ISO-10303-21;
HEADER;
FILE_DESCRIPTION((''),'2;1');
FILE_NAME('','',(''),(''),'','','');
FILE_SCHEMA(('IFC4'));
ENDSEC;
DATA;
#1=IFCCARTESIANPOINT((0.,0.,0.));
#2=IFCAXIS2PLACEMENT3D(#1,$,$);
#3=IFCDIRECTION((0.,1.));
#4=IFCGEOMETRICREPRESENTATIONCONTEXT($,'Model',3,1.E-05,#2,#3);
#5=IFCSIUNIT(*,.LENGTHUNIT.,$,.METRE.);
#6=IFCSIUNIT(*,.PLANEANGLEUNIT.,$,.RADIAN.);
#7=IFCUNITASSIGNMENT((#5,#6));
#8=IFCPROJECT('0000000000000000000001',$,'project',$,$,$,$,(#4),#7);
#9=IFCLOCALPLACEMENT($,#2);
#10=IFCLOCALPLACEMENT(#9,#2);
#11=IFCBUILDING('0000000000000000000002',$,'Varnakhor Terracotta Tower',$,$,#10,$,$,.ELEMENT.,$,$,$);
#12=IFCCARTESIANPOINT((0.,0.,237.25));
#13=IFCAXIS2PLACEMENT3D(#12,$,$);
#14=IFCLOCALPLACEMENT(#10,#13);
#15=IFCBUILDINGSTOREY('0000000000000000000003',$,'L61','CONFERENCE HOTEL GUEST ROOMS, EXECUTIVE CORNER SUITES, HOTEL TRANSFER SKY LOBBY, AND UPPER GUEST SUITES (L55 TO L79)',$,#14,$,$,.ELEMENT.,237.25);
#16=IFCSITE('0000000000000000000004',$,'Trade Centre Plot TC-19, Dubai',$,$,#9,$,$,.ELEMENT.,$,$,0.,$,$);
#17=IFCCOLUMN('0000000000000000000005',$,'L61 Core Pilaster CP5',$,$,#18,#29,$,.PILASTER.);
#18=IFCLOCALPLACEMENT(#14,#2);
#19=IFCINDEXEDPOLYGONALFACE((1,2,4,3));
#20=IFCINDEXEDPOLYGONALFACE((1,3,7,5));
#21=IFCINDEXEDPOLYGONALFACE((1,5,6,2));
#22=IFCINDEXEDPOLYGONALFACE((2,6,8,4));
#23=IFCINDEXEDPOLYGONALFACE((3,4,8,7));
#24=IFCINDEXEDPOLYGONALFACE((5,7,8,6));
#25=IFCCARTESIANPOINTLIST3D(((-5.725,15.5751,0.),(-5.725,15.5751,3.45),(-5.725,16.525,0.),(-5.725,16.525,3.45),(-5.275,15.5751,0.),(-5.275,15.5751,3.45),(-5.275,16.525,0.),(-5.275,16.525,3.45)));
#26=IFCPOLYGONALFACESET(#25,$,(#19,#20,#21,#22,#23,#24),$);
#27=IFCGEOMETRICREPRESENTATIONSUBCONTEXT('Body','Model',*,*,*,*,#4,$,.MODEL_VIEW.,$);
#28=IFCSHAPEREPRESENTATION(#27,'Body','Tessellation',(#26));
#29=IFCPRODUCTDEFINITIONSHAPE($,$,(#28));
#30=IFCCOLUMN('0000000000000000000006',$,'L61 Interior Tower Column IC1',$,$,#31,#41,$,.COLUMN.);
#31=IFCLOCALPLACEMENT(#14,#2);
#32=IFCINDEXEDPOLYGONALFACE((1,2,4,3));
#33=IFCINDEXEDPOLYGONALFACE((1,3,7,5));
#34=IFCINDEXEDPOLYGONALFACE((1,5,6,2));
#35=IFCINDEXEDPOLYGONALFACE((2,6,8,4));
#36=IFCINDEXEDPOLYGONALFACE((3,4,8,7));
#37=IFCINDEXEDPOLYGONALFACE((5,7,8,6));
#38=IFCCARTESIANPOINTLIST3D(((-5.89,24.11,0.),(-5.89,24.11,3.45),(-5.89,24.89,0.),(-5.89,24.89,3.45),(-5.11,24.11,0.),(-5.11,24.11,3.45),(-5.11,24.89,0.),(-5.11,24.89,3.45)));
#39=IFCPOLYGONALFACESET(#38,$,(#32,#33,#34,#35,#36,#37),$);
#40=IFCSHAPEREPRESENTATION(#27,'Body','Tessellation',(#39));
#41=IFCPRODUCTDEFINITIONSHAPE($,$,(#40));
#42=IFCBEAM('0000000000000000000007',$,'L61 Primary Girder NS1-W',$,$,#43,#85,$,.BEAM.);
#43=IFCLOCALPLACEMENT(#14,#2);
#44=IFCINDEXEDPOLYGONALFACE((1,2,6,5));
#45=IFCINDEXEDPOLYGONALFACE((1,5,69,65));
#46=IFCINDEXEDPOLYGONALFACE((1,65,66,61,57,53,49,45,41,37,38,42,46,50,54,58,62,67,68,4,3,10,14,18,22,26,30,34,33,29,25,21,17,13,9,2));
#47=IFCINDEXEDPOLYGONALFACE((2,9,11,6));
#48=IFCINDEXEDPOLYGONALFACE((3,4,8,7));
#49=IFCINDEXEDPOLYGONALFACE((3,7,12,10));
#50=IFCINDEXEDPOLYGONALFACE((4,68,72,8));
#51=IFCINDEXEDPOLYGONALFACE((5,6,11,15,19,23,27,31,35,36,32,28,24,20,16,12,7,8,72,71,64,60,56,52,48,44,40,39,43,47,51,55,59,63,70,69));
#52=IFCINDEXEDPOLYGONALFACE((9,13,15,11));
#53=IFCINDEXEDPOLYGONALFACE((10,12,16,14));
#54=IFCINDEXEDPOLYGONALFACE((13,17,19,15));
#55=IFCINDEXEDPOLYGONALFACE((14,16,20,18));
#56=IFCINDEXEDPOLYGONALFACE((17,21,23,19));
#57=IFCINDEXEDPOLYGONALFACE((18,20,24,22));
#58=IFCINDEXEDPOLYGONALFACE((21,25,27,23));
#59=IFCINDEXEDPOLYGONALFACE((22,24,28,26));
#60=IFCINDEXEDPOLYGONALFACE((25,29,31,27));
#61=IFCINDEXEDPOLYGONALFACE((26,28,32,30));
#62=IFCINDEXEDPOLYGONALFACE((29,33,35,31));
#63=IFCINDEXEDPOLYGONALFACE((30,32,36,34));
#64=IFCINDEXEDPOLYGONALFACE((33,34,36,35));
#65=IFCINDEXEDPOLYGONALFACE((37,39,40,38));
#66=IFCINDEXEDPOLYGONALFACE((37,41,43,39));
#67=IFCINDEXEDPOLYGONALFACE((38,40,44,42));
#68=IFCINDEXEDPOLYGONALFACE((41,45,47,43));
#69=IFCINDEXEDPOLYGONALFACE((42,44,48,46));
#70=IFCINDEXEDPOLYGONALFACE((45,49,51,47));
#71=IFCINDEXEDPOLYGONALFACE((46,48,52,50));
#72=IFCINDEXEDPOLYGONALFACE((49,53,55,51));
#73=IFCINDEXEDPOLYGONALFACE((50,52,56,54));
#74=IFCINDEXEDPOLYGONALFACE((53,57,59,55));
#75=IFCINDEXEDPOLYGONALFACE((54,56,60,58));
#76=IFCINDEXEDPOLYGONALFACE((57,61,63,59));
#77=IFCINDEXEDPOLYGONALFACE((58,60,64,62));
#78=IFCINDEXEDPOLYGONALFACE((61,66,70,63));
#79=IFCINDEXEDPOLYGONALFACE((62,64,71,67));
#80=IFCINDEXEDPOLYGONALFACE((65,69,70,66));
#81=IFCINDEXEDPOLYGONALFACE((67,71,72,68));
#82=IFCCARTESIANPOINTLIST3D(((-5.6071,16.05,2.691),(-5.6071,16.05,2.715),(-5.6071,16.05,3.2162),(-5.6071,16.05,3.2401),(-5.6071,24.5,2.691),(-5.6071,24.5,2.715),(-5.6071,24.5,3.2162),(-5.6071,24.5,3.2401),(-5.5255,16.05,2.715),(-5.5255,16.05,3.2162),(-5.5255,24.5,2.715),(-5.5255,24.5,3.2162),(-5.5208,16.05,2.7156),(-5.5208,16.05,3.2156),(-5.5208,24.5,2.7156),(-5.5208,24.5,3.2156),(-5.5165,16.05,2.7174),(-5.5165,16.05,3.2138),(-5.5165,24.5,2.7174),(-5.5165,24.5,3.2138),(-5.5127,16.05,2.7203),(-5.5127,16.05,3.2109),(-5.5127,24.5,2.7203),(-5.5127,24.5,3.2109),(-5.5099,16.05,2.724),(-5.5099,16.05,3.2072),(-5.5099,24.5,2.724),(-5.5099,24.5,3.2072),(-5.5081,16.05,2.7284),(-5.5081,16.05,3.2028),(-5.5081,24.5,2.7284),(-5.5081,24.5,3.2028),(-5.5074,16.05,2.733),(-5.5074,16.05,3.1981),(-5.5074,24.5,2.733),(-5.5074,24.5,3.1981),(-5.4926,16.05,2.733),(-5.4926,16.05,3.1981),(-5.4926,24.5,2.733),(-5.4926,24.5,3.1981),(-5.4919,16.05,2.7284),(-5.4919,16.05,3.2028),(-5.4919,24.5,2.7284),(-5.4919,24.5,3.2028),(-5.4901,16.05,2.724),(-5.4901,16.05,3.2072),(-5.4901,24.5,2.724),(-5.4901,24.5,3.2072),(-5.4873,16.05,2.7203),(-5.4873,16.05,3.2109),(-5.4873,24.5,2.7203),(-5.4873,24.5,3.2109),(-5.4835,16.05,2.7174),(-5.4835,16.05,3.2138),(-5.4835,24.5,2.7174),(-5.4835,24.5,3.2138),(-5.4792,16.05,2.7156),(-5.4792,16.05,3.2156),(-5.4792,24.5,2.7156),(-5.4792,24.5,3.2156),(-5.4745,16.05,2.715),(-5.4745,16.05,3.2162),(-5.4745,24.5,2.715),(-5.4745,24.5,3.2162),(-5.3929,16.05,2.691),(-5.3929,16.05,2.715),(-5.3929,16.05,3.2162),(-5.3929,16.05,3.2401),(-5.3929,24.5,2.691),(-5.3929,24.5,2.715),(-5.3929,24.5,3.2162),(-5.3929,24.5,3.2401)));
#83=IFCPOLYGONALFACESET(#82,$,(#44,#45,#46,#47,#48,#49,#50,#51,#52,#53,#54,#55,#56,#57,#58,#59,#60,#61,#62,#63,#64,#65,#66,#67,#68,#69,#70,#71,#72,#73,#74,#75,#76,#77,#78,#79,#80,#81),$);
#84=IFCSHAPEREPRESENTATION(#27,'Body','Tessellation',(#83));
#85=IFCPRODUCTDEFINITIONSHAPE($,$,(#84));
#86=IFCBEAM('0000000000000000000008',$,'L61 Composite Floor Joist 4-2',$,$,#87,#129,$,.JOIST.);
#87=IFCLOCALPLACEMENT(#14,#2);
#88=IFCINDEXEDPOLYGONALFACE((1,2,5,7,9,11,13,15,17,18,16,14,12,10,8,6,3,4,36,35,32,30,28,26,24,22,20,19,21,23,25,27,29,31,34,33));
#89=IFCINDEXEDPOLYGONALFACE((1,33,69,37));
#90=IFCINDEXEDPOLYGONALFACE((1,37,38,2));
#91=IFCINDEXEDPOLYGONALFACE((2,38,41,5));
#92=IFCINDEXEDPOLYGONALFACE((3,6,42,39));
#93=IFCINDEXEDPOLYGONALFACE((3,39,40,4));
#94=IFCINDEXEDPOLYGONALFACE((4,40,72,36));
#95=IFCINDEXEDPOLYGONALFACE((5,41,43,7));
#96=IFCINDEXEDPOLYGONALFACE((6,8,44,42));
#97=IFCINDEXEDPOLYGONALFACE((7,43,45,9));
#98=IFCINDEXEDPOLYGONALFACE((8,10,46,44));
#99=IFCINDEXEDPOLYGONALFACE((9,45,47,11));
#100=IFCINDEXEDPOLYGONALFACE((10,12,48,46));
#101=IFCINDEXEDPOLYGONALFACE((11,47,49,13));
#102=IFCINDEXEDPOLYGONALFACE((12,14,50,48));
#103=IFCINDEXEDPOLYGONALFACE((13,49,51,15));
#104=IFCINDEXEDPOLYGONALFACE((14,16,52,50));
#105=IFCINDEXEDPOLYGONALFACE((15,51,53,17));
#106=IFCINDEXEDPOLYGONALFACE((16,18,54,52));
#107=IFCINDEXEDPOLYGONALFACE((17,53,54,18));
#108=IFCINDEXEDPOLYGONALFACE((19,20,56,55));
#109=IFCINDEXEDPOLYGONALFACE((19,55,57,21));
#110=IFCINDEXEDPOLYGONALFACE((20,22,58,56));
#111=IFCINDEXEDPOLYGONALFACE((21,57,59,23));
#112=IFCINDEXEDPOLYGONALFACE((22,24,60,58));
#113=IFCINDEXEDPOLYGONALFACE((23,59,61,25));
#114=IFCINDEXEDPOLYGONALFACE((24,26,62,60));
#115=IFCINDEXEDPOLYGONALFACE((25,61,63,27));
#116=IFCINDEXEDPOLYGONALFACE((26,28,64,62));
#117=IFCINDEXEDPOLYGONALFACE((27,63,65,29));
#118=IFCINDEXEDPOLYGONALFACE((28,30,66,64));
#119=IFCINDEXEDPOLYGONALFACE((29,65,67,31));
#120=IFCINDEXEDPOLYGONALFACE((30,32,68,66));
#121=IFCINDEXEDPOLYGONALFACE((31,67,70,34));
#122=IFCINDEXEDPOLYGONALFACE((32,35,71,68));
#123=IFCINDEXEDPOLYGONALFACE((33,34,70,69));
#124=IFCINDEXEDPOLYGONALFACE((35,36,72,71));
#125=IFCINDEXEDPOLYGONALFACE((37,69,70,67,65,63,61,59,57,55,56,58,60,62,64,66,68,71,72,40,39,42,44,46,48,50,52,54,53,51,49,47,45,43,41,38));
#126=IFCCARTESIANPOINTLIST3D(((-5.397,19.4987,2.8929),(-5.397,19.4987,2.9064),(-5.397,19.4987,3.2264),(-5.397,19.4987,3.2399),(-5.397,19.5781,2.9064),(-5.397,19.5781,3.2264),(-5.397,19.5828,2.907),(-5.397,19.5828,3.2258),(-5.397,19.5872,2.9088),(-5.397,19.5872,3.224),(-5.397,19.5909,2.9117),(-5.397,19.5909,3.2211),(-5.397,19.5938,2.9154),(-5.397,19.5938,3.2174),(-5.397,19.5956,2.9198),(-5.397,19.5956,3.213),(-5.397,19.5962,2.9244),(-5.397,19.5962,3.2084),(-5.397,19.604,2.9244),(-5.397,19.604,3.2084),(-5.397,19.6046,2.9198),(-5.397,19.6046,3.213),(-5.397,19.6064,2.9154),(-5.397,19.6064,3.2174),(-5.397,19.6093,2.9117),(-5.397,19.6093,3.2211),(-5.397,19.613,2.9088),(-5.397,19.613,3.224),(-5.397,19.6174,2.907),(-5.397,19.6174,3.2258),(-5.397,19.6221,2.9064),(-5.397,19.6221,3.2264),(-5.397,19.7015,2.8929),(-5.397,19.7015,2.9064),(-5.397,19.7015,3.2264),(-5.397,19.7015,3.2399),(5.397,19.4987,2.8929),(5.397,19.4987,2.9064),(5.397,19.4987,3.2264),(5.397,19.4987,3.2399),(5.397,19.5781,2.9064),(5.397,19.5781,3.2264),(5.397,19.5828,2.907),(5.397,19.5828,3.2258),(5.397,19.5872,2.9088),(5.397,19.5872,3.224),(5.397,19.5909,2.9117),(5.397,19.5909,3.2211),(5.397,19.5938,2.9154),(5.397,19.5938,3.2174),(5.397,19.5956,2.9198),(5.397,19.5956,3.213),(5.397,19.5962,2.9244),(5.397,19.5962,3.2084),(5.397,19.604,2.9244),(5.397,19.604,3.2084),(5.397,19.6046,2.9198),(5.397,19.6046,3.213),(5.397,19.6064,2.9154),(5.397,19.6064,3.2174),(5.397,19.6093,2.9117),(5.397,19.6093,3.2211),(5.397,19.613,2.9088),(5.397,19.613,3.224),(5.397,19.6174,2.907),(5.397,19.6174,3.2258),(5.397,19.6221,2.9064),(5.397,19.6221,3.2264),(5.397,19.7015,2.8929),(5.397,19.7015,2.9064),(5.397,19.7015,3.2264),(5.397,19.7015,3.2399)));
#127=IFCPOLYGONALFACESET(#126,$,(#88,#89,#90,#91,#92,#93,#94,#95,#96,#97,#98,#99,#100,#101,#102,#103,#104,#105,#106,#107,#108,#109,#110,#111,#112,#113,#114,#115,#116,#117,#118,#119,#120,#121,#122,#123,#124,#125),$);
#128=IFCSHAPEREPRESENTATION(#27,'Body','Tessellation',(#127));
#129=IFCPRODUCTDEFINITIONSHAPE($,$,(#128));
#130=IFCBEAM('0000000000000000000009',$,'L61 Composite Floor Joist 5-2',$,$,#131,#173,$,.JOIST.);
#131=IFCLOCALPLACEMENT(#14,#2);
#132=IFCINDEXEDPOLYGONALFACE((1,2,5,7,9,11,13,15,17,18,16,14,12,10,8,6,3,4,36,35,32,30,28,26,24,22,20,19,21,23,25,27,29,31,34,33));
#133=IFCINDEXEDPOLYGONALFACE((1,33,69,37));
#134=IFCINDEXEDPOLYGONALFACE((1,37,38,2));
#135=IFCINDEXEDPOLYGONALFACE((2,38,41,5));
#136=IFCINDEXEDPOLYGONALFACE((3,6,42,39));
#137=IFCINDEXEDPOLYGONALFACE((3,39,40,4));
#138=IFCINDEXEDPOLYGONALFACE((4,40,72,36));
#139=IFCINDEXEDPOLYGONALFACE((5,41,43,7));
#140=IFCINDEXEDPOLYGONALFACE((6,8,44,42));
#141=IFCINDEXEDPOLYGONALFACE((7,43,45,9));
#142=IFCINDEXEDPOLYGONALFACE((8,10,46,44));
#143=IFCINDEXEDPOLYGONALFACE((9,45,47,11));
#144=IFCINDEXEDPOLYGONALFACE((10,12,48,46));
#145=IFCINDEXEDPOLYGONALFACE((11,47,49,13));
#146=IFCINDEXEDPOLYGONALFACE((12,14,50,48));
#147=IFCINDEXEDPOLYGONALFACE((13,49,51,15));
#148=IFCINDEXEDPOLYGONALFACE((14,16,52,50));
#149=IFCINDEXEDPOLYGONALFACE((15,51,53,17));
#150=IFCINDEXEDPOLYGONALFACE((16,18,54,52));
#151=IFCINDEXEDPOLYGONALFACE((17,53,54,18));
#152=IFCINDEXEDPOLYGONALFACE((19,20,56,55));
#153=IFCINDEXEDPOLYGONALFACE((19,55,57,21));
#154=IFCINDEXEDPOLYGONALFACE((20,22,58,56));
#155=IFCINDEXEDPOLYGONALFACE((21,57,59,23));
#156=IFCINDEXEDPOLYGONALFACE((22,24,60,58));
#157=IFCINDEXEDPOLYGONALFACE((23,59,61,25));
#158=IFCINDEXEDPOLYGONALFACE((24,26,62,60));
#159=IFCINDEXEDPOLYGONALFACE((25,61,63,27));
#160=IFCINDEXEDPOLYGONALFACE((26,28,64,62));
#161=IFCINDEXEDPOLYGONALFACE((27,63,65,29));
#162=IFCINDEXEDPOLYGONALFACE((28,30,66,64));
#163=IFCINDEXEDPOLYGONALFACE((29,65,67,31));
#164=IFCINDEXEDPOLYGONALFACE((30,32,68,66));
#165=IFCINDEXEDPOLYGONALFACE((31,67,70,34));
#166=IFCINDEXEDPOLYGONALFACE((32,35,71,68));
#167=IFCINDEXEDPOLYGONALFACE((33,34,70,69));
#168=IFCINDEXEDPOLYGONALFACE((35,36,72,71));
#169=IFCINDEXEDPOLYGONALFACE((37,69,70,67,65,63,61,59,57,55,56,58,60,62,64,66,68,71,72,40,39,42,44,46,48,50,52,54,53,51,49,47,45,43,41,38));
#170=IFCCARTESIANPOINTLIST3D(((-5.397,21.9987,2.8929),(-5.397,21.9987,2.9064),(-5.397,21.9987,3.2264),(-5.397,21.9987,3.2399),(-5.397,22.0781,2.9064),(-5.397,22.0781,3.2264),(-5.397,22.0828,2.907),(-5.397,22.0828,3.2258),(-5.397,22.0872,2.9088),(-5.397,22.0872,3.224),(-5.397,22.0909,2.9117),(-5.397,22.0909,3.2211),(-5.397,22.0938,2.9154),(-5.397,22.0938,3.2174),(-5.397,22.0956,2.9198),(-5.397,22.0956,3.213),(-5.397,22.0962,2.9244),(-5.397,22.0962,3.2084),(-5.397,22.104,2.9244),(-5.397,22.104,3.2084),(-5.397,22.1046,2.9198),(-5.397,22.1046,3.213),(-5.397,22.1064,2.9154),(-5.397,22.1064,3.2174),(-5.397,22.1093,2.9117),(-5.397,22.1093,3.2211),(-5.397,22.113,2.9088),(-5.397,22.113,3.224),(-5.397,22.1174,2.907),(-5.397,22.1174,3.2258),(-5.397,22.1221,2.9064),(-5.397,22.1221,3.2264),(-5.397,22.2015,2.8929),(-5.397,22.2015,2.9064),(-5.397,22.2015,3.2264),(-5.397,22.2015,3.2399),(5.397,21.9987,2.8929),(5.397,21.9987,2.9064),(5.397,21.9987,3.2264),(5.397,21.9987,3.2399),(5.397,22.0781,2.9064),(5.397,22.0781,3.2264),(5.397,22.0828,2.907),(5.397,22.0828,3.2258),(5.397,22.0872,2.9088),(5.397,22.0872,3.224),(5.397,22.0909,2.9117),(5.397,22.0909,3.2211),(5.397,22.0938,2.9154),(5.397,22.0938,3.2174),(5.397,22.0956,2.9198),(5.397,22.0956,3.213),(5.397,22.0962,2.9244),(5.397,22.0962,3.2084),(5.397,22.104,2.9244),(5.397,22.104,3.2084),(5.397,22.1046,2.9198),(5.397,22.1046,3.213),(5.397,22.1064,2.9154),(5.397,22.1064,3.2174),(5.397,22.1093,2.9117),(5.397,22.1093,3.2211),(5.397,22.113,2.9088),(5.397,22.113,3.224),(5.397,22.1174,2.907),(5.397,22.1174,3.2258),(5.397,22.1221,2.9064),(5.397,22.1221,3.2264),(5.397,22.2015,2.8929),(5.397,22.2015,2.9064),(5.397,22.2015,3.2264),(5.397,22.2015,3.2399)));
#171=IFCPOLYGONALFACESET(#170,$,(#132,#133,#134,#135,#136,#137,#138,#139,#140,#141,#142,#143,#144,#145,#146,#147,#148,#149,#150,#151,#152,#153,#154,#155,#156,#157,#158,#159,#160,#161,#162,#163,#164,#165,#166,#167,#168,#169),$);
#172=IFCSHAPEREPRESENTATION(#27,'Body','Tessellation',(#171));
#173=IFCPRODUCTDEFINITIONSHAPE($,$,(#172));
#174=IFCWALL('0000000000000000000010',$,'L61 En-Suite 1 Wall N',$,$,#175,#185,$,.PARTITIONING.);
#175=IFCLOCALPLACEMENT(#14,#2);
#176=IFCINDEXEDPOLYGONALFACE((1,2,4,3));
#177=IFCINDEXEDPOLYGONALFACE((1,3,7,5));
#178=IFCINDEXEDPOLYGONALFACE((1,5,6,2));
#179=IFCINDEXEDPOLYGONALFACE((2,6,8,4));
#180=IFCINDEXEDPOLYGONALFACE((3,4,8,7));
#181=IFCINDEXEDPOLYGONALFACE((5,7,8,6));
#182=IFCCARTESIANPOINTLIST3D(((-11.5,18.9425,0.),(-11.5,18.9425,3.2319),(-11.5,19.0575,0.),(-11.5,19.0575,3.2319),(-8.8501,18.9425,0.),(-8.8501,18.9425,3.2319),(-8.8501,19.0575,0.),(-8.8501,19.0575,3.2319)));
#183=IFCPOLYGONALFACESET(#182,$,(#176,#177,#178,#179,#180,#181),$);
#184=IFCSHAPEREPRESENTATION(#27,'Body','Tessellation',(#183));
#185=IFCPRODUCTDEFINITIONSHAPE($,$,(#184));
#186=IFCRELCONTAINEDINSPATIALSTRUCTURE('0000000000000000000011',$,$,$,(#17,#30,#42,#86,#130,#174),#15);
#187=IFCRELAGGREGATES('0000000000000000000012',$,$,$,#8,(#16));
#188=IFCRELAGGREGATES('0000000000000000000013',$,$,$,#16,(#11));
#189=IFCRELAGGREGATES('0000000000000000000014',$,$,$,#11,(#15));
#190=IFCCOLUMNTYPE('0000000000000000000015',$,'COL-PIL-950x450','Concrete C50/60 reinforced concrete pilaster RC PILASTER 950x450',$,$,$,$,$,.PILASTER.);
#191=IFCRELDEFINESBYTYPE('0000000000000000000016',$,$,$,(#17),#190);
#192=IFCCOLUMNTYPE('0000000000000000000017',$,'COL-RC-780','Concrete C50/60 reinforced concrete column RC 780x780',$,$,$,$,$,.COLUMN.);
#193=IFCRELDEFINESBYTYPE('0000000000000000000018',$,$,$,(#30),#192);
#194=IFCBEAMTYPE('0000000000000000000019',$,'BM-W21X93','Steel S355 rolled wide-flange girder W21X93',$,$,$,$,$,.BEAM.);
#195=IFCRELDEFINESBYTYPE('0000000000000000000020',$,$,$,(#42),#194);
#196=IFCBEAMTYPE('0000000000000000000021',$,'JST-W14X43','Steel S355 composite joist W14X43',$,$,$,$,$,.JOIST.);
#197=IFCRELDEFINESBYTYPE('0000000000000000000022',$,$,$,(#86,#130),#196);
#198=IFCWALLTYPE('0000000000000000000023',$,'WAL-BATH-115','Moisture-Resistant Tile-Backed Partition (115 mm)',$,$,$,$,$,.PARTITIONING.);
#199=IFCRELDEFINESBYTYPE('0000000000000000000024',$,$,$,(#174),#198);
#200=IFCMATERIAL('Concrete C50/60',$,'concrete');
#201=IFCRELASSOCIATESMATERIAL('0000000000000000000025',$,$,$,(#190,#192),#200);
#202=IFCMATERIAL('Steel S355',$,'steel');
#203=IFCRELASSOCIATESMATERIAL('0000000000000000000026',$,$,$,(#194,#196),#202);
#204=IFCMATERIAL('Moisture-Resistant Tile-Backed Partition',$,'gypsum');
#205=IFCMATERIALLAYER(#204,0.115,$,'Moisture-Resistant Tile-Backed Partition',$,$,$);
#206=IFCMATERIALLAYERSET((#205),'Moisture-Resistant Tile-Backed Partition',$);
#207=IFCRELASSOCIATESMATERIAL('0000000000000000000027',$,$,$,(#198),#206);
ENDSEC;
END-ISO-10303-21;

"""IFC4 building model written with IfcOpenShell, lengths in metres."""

from ifc_helpers import new_model, si_unit, direction, frame, frame_2d, origin, origin_2d, place, context, subcontext, project, spatial, rectangle, i_section, extrude, source, transform, mapped, material, layer, layer_set, material_profile, profile_set, type_object, type_shapes, element, save


model = new_model("IFC4")

# Units and contexts
model_context = context("Model", 3, precision=1e-05, world=origin(), true_north=direction((0.0, 1.0)))
body_context = subcontext(model_context, "Body", "Model", "MODEL_VIEW")
ifc_project = project(units=[si_unit("LENGTHUNIT", "METRE"), si_unit("PLANEANGLEUNIT", "RADIAN")], contexts=[model_context])

# Site, building, storey
site_placement = place(None, origin())
site = spatial("IfcSite", under=ifc_project, at=site_placement, Name="Trade Centre Plot TC-19, Dubai", CompositionType="ELEMENT", RefElevation=0.0)
building_placement = place(site_placement, origin())
building = spatial("IfcBuilding", under=site, at=building_placement, Name="Varnakhor Terracotta Tower", CompositionType="ELEMENT")
storey_placement = place(building_placement, frame((0.0, 0.0, 237.25)))
storey = spatial("IfcBuildingStorey", under=building, at=storey_placement, Name="L61", Description="CONFERENCE HOTEL GUEST ROOMS, EXECUTIVE CORNER SUITES, HOTEL TRANSFER SKY LOBBY, AND UPPER GUEST SUITES (L55 TO L79)", CompositionType="ELEMENT", Elevation=237.25)

# Columns
ifc_material_1 = material(Name="Concrete C50/60", Category="concrete")
ifc_material_profile_1 = material_profile(ifc_material_1, rectangle(XDim=0.45, YDim=0.95, at=origin_2d()), Name="RC PILASTER 950x450")
ifc_profile_set_1 = profile_set([ifc_material_profile_1], Name="Concrete C50/60")
column_type_1 = type_object("IfcColumnType", Name="COL-PIL-950x450", Description="Concrete C50/60 reinforced concrete pilaster RC PILASTER 950x450", PredefinedType="PILASTER", material=ifc_profile_set_1)
shared_shape_1 = source(origin(), body_context, "Body", "SweptSolid", [
    extrude(rectangle(XDim=0.45, YDim=0.95, at=origin_2d()), origin(), (0.0, 0.0, 1.0), 3.45),
])
column_1_placement = place(storey_placement, frame((-5.5, 16.05, 0.0), z_axis=(0.0, 0.0, 1.0), x_axis=(1.0, 0.0, 0.0)))
element("IfcColumn", 1, at=column_1_placement, inside=storey, type_object=column_type_1, Name="L61 Core Pilaster CP5", PredefinedType="PILASTER", context=body_context, shape_type="MappedRepresentation", body=[
    mapped(shared_shape_1, transform((0.0, 0.0, 0.0), scale=1.0)),
])
ifc_material_profile_2 = material_profile(ifc_material_1, rectangle(XDim=0.78, YDim=0.78, at=origin_2d()), Name="RC 780x780")
ifc_profile_set_2 = profile_set([ifc_material_profile_2], Name="Concrete C50/60")
column_type_2 = type_object("IfcColumnType", Name="COL-RC-780", Description="Concrete C50/60 reinforced concrete column RC 780x780", PredefinedType="COLUMN", material=ifc_profile_set_2)
shared_shape_2 = source(origin(), body_context, "Body", "SweptSolid", [
    extrude(rectangle(XDim=0.78, YDim=0.78, at=origin_2d()), origin(), (0.0, 0.0, 1.0), 3.45),
])
column_2_placement = place(storey_placement, frame((-5.5, 24.5, 0.0), z_axis=(0.0, 0.0, 1.0), x_axis=(1.0, 0.0, 0.0)))
element("IfcColumn", 2, at=column_2_placement, inside=storey, type_object=column_type_2, Name="L61 Interior Tower Column IC1", PredefinedType="COLUMN", context=body_context, shape_type="MappedRepresentation", body=[
    mapped(shared_shape_2, transform((0.0, 0.0, 0.0), scale=1.0)),
])

# Beams
ifc_material_2 = material(Name="Steel S355", Category="steel")
ifc_material_profile_3 = material_profile(ifc_material_2, i_section(OverallWidth=0.2141, OverallDepth=0.5491, WebThickness=0.0149, FlangeThickness=0.0239, FilletRadius=0.0181, at=origin_2d()), Name="W21X93")
ifc_profile_set_3 = profile_set([ifc_material_profile_3], Name="Steel S355")
beam_type_1 = type_object("IfcBeamType", Name="BM-W21X93", Description="Steel S355 rolled wide-flange girder W21X93", PredefinedType="BEAM", material=ifc_profile_set_3)
shared_shape_3 = source(origin(), body_context, "Body", "SweptSolid", [
    extrude(i_section(OverallWidth=0.2141, OverallDepth=0.5491, WebThickness=0.0149, FlangeThickness=0.0239, FilletRadius=0.0181, at=origin_2d()), origin(), (0.0, 0.0, 1.0), 8.45),
])
type_shapes(beam_type_1, [shared_shape_3])
beam_placement = place(storey_placement, frame((-5.5, 16.05, 2.9656), z_axis=(0.0, 1.0, 0.0), x_axis=(-1.0, 0.0, 0.0)))
element("IfcBeam", 3, at=beam_placement, inside=storey, type_object=beam_type_1, Name="L61 Primary Girder NS1-W", PredefinedType="BEAM", context=body_context, shape_type="MappedRepresentation", body=[
    mapped(shared_shape_3, transform((0.0, 0.0, 0.0), scale=1.0)),
])
ifc_material_profile_4 = material_profile(ifc_material_2, i_section(OverallWidth=0.2029, OverallDepth=0.3469, WebThickness=0.0078, FlangeThickness=0.0134, FilletRadius=0.0181, at=origin_2d()), Name="W14X43")
ifc_profile_set_4 = profile_set([ifc_material_profile_4], Name="Steel S355")
beam_type_2 = type_object("IfcBeamType", Name="JST-W14X43", Description="Steel S355 composite joist W14X43", PredefinedType="JOIST", material=ifc_profile_set_4)
shared_shape_4 = source(origin(), body_context, "Body", "SweptSolid", [
    extrude(i_section(OverallWidth=0.2029, OverallDepth=0.3469, WebThickness=0.0078, FlangeThickness=0.0134, FilletRadius=0.0181, at=origin_2d()), origin(), (0.0, 0.0, 1.0), 10.7939),
])
for number, where, z_axis, x_axis, name in (
    (4, (-5.397, 19.6001, 3.0664), (1.0, 0.0, 0.0), (0.0, 1.0, 0.0), "L61 Composite Floor Joist 4-2"),
    (5, (-5.397, 22.1001, 3.0664), (1.0, 0.0, 0.0), (0.0, 1.0, 0.0), "L61 Composite Floor Joist 5-2"),
):
    element("IfcBeam", number, at=place(storey_placement, frame(where, z_axis=z_axis, x_axis=x_axis)), inside=storey, type_object=beam_type_2, Name=name, PredefinedType="JOIST", context=body_context, shape_type="MappedRepresentation", body=[
        mapped(shared_shape_4, transform((0.0, 0.0, 0.0), scale=1.0)),
    ])

# Wall
ifc_material_3 = material(Name="Moisture-Resistant Tile-Backed Partition", Category="gypsum")
ifc_layer_1 = layer(ifc_material_3, 0.115, Name="Moisture-Resistant Tile-Backed Partition")
ifc_layer_set_1 = layer_set([ifc_layer_1], Name="Moisture-Resistant Tile-Backed Partition")
wall_type_1 = type_object("IfcWallType", Name="WAL-BATH-115", Description="Moisture-Resistant Tile-Backed Partition (115 mm)", PredefinedType="PARTITIONING", material=ifc_layer_set_1)
wall_1_placement = place(storey_placement, frame((-11.5, 19.0, 0.0), z_axis=(0.0, 0.0, 1.0), x_axis=(1.0, 0.0, 0.0)))
element("IfcWall", 6, at=wall_1_placement, inside=storey, type_object=wall_type_1, Name="L61 En-Suite 1 Wall N", PredefinedType="PARTITIONING", context=body_context, shape_type="SweptSolid", body=[
    extrude(rectangle(XDim=2.6499, YDim=0.115, at=frame_2d((1.325, 0.0))), origin(), (0.0, 0.0, 1.0), 3.2319),
])

save(model, "model.ifc")
